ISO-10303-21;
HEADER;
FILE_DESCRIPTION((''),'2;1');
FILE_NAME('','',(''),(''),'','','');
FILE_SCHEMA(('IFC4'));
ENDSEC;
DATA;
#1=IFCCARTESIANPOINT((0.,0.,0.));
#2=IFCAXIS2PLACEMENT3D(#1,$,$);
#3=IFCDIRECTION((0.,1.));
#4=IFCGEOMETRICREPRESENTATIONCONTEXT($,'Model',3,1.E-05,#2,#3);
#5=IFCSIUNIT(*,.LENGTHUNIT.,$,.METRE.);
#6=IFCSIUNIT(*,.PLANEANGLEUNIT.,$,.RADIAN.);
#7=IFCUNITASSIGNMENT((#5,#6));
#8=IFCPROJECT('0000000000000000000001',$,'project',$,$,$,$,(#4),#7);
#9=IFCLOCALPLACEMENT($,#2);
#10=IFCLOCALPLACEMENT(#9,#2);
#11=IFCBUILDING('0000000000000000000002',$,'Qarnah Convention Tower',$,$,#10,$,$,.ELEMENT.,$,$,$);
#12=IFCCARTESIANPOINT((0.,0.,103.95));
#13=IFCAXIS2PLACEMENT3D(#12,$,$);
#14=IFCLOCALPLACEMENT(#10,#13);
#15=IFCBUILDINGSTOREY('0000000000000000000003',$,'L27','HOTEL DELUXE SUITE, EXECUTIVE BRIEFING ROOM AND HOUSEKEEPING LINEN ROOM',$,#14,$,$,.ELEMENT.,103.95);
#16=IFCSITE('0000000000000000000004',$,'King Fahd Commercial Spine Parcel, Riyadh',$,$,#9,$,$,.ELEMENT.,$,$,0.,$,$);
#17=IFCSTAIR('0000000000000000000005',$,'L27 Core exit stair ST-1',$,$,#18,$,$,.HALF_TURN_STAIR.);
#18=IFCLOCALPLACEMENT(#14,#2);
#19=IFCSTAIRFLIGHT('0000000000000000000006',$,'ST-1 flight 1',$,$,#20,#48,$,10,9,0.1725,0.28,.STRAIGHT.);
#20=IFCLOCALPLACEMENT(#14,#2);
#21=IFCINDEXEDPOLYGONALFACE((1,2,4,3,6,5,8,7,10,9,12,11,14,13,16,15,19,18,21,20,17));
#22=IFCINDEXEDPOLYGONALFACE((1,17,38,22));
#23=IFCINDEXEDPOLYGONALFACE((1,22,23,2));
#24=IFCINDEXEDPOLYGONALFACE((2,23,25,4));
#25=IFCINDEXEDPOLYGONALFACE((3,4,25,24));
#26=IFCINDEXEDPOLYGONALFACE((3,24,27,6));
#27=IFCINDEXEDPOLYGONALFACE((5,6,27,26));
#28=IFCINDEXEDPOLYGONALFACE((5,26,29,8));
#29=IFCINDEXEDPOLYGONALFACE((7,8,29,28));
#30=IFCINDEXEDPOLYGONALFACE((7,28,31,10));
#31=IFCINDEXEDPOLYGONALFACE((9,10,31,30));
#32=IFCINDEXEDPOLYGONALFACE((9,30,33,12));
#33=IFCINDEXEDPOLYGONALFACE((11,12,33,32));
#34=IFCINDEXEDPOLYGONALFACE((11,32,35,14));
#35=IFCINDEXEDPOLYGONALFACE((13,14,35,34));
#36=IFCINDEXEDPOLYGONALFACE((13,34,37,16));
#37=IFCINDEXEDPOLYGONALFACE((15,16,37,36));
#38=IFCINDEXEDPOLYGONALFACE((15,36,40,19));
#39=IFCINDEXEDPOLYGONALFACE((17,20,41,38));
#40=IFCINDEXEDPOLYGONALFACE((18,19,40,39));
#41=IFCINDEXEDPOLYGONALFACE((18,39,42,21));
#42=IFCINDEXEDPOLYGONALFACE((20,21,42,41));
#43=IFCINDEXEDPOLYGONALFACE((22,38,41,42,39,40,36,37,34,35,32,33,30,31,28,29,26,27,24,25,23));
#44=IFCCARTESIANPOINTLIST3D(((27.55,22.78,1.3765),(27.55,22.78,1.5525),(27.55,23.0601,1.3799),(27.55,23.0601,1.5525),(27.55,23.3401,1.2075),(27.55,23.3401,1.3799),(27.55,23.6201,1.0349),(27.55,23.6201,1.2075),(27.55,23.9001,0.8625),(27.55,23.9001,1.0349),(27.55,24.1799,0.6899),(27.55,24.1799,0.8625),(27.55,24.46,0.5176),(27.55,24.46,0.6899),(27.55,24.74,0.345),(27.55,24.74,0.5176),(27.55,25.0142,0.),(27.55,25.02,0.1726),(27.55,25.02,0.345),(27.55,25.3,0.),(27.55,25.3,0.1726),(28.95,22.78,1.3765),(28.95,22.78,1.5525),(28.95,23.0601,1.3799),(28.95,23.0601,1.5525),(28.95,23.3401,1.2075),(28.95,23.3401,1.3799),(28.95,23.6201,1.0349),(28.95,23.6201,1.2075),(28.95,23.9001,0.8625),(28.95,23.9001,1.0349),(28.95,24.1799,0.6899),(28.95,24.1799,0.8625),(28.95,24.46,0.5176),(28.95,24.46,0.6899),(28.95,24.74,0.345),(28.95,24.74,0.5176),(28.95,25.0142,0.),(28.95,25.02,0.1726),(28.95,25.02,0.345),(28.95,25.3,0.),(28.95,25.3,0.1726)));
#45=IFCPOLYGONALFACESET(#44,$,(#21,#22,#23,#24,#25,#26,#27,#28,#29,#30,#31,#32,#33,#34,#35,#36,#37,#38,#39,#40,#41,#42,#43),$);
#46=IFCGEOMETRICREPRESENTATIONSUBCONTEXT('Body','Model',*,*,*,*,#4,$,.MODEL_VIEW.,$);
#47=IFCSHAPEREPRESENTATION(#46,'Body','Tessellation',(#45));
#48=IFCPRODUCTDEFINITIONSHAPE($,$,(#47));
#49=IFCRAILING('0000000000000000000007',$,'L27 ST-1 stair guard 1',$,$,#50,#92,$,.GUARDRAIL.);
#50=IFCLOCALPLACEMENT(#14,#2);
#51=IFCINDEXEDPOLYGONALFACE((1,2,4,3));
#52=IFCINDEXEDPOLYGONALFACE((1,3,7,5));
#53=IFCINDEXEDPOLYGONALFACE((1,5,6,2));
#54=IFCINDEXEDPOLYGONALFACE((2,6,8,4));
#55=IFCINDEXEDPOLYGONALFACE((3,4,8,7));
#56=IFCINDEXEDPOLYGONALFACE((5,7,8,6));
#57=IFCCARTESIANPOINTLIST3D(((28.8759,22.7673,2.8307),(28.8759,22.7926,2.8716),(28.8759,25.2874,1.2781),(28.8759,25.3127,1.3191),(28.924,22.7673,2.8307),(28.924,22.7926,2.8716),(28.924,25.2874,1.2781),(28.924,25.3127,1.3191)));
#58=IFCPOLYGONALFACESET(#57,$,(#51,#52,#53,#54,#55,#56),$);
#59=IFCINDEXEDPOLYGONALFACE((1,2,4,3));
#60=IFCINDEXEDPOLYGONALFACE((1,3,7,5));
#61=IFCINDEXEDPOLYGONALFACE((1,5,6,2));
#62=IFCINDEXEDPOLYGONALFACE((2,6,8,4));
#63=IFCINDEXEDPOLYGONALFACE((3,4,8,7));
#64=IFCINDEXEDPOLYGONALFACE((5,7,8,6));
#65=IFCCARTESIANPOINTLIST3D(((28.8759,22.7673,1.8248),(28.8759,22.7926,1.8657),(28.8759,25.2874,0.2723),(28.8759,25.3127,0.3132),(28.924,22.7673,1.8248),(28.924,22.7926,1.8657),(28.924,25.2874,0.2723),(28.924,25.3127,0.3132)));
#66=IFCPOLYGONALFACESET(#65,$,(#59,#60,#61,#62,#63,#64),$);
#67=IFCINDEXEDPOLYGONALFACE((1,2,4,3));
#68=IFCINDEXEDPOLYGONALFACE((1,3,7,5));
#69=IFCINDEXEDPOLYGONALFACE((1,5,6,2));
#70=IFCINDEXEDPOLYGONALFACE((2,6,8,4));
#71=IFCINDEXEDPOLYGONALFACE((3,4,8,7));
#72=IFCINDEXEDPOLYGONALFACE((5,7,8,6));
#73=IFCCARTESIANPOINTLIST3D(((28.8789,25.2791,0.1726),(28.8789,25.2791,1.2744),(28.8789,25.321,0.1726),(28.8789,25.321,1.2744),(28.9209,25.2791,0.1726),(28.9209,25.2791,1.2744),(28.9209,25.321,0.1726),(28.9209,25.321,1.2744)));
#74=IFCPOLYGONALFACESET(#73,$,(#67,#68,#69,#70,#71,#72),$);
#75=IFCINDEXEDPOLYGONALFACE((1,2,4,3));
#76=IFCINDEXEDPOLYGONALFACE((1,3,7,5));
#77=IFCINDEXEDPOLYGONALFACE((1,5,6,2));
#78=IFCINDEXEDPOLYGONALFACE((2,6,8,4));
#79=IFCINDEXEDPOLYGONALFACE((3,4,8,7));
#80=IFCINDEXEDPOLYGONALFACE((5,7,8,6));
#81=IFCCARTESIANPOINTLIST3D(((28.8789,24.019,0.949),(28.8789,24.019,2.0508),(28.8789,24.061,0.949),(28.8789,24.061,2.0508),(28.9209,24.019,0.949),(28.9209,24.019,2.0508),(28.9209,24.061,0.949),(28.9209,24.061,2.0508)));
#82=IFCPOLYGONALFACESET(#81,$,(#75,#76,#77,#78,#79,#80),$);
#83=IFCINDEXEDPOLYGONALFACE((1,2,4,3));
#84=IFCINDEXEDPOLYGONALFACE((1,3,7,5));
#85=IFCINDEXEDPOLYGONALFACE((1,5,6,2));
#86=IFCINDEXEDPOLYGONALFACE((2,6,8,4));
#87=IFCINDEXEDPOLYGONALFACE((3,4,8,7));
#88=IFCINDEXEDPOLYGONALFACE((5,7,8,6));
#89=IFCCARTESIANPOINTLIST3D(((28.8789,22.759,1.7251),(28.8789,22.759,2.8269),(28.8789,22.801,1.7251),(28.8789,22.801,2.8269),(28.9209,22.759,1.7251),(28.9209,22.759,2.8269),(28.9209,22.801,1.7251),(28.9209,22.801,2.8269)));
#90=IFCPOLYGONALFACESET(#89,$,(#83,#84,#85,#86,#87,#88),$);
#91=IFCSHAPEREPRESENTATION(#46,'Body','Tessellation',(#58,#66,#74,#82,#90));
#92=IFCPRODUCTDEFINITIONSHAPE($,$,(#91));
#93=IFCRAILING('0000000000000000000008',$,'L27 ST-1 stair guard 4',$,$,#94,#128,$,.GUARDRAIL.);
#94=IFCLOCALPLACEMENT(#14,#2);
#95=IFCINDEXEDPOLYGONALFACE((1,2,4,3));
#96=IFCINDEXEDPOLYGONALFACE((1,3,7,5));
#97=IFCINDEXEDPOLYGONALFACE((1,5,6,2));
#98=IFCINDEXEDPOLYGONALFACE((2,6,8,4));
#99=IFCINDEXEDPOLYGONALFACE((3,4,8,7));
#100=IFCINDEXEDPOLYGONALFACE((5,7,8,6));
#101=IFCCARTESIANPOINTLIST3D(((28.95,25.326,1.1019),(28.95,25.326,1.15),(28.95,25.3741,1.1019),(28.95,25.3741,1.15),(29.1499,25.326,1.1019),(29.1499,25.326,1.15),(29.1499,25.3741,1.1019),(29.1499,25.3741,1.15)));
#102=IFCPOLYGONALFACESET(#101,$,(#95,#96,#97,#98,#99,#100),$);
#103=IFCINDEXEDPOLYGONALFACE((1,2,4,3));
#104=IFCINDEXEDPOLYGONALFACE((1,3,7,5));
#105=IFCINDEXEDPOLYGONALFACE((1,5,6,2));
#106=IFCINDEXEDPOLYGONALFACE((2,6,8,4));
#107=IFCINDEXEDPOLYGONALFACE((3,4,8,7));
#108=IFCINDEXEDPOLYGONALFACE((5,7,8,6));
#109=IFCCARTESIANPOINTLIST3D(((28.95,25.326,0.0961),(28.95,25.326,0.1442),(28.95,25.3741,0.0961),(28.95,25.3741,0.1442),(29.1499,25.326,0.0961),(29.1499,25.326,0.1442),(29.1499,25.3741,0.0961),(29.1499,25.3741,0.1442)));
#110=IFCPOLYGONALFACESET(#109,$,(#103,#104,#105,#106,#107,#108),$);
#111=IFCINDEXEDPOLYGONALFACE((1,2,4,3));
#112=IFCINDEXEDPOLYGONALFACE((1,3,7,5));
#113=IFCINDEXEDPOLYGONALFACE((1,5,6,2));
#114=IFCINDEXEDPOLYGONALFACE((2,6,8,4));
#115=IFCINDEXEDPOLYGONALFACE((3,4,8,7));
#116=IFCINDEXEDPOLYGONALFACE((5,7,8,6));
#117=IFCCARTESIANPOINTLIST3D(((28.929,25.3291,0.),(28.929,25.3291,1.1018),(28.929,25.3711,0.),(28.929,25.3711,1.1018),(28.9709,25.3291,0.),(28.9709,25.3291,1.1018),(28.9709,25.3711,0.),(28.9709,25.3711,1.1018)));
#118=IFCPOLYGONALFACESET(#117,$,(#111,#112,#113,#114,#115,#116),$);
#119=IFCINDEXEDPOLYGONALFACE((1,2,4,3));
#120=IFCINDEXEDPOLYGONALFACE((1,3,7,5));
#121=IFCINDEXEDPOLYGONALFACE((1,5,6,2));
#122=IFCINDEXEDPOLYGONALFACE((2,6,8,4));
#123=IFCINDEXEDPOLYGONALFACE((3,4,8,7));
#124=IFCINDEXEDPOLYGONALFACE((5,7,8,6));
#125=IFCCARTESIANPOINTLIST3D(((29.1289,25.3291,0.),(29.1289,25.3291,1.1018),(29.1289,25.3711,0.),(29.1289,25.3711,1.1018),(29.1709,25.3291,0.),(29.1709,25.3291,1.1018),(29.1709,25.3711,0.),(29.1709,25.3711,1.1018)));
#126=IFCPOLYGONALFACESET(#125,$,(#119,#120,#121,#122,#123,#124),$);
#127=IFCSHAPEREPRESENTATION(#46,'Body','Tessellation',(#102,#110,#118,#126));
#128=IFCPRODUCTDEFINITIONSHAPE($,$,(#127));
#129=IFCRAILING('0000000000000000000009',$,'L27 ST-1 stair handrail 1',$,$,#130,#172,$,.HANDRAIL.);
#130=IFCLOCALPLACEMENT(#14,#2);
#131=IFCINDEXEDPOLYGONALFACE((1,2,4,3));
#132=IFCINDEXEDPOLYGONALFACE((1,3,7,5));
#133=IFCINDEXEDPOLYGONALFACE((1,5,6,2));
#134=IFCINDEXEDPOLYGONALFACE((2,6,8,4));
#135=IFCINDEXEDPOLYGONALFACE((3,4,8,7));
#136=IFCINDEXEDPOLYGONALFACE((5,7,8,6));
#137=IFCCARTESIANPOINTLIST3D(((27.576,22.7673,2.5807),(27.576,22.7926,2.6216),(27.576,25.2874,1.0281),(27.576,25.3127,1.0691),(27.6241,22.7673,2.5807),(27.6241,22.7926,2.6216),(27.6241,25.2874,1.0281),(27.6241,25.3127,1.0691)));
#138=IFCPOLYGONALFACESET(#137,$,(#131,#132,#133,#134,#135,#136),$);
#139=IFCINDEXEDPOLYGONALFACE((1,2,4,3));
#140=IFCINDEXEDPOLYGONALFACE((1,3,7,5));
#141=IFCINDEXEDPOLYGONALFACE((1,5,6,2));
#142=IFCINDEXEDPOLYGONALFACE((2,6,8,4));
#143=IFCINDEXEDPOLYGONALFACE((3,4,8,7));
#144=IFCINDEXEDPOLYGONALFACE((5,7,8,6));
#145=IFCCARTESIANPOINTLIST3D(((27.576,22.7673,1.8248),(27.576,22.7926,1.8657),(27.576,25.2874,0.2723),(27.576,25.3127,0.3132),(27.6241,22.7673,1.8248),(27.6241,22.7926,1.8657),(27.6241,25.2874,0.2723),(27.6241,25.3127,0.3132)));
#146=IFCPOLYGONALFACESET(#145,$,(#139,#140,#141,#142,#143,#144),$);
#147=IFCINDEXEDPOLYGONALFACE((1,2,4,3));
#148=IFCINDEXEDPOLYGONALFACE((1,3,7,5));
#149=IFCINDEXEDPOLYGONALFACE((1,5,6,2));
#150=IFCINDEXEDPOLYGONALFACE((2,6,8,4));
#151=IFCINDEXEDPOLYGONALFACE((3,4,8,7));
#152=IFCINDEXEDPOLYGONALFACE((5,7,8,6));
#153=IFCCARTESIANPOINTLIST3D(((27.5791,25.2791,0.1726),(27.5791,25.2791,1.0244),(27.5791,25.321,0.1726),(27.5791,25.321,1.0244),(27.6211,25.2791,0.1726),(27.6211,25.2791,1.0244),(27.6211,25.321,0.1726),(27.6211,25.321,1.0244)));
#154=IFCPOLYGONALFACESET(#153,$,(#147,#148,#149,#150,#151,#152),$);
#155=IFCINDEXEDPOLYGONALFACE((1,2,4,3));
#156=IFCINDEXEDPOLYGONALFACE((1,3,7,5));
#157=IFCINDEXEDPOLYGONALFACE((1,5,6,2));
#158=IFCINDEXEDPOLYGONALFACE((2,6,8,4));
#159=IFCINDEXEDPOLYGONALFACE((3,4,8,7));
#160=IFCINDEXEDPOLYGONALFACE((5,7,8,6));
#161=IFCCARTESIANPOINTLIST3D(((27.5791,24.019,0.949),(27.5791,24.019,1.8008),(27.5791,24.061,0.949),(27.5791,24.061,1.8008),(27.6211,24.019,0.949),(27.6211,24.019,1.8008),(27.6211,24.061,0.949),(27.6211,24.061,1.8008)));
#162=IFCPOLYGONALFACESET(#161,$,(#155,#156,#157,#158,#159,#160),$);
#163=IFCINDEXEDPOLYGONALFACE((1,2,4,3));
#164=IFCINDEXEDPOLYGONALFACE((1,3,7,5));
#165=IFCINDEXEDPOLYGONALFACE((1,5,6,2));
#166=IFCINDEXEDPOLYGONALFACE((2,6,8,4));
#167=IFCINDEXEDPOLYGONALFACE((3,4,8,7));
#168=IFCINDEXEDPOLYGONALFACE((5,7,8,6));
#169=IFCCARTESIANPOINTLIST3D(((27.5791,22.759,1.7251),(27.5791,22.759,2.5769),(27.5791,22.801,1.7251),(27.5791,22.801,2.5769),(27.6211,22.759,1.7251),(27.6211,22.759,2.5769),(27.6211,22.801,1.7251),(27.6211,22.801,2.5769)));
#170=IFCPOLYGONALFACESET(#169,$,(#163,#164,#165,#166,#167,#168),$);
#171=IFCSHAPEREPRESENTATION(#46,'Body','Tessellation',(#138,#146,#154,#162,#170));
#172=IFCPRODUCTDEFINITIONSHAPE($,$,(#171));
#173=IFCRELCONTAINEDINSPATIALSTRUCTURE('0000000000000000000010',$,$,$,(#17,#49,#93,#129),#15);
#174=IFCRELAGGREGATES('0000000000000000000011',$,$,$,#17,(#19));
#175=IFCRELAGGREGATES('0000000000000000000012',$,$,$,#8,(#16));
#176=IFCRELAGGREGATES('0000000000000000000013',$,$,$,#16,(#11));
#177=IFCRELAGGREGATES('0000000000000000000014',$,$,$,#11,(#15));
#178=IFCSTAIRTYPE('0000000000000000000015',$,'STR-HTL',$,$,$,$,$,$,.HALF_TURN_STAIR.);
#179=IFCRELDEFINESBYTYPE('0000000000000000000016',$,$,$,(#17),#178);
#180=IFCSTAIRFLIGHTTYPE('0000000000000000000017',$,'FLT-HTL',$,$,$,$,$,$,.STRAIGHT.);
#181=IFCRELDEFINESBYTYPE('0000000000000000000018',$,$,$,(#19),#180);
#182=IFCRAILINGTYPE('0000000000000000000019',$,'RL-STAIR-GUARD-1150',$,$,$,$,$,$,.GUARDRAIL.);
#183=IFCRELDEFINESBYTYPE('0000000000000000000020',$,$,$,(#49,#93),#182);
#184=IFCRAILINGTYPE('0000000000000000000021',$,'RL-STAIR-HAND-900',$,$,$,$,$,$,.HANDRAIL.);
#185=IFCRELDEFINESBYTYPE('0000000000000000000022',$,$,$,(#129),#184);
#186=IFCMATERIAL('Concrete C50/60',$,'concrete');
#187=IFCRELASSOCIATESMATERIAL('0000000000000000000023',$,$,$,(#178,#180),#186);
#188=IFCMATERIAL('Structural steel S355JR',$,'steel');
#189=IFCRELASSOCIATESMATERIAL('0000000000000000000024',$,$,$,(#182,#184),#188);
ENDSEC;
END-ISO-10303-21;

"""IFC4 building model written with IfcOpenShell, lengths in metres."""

from ifc_helpers import new_model, si_unit, direction, frame, origin, origin_2d, place, context, subcontext, project, spatial, polyline, rectangle, outline, extrude, material, type_object, element, aggregate, save


model = new_model("IFC4")

# Units and contexts
model_context = context("Model", 3, precision=1e-05, world=origin(), true_north=direction((0.0, 1.0)))
body_context = subcontext(model_context, "Body", "Model", "MODEL_VIEW")
ifc_project = project(units=[si_unit("LENGTHUNIT", "METRE"), si_unit("PLANEANGLEUNIT", "RADIAN")], contexts=[model_context])

# Site, building, storey
site_placement = place(None, origin())
site = spatial("IfcSite", under=ifc_project, at=site_placement, Name="King Fahd Commercial Spine Parcel, Riyadh", CompositionType="ELEMENT", RefElevation=0.0)
building_placement = place(site_placement, origin())
building = spatial("IfcBuilding", under=site, at=building_placement, Name="Qarnah Convention Tower", CompositionType="ELEMENT")
storey_placement = place(building_placement, frame((0.0, 0.0, 103.95)))
storey = spatial("IfcBuildingStorey", under=building, at=storey_placement, Name="L27", Description="HOTEL DELUXE SUITE, EXECUTIVE BRIEFING ROOM AND HOUSEKEEPING LINEN ROOM", CompositionType="ELEMENT", Elevation=103.95)

# Shared definitions
ifc_material_1 = material(Name="Structural steel S355JR", Category="steel")

# Stair, stair flight
ifc_material_2 = material(Name="Concrete C50/60", Category="concrete")
stair_type = type_object("IfcStairType", Name="STR-HTL", PredefinedType="HALF_TURN_STAIR", material=ifc_material_2)
stair_placement = place(storey_placement, origin())
stair = element("IfcStair", 1, at=stair_placement, inside=storey, type_object=stair_type, Name="L27 Core exit stair ST-1", PredefinedType="HALF_TURN_STAIR")
stair_flight_type = type_object("IfcStairFlightType", Name="FLT-HTL", PredefinedType="STRAIGHT", material=ifc_material_2)
stair_flight_placement = place(storey_placement, frame((28.25, 25.3, 0.0), z_axis=(0.0, 0.0, 1.0), x_axis=(0.0, -1.0, 0.0)))
stair_flight = element("IfcStairFlight", 2, at=stair_flight_placement, type_object=stair_flight_type, Name="ST-1 flight 1", NumberOfRisers=10, NumberOfTreads=9, PredefinedType="STRAIGHT", RiserHeight=0.1725, TreadLength=0.28, context=body_context, shape_type="SweptSolid", body=[
    extrude(outline(polyline([(0.0, 0.0), (0.0, 0.1726), (0.28, 0.1726), (0.28, 0.345), (0.5601, 0.345), (0.5601, 0.5176), (0.8401, 0.5176), (0.8401, 0.6899), (1.1201, 0.6899), (1.1201, 0.8625), (1.3999, 0.8625), (1.3999, 1.0349), (1.6799, 1.0349), (1.6799, 1.2075), (1.96, 1.2075), (1.96, 1.3799), (2.24, 1.3799), (2.24, 1.5525), (2.52, 1.5525), (2.52, 1.7251), (2.52, 1.3765), (0.2859, 0.0), (0.0, 0.0)])), frame((0.0, 0.7, 0.0), z_axis=(0.0, -1.0, 0.0), x_axis=(1.0, 0.0, 0.0)), (0.0, 0.0, 1.0), 1.3999),
])
aggregate(stair, [stair_flight])

# Railings
railing_type_1 = type_object("IfcRailingType", Name="RL-STAIR-GUARD-1150", PredefinedType="GUARDRAIL", material=ifc_material_1)
railing_1_placement = place(storey_placement, frame((28.8999, 25.3, 0.1726)))
element("IfcRailing", 3, at=railing_1_placement, inside=storey, type_object=railing_type_1, Name="L27 ST-1 stair guard 1", PredefinedType="GUARDRAIL", context=body_context, shape_type="SweptSolid", body=[
    extrude(rectangle(XDim=0.0481, YDim=0.0481, at=origin_2d()), frame((0.0, 0.0, 1.126), z_axis=(0.0, -0.8514, 0.524516), x_axis=(1.0, 0.0, 0.0)), (0.0, 0.0, 1.0), 2.96),
    extrude(rectangle(XDim=0.0481, YDim=0.0481, at=origin_2d()), frame((0.0, 0.0, 0.1201), z_axis=(0.0, -0.8514, 0.524516), x_axis=(1.0, 0.0, 0.0)), (0.0, 0.0, 1.0), 2.96),
    extrude(rectangle(XDim=0.042, YDim=0.042, at=origin_2d()), origin(), (0.0, 0.0, 1.0), 1.1018),
    extrude(rectangle(XDim=0.042, YDim=0.042, at=origin_2d()), frame((0.0, -1.26, 0.7764)), (0.0, 0.0, 1.0), 1.1018),
    extrude(rectangle(XDim=0.042, YDim=0.042, at=origin_2d()), frame((0.0, -2.52, 1.5525)), (0.0, 0.0, 1.0), 1.1018),
])
railing_2_placement = place(storey_placement, frame((28.95, 25.3501, 0.0)))
element("IfcRailing", 4, at=railing_2_placement, inside=storey, type_object=railing_type_1, Name="L27 ST-1 stair guard 4", PredefinedType="GUARDRAIL", context=body_context, shape_type="SweptSolid", body=[
    extrude(rectangle(XDim=0.0481, YDim=0.0481, at=origin_2d()), frame((0.0, 0.0, 1.126), z_axis=(1.0, 0.0, 0.0), x_axis=(0.0, 1.0, 0.0)), (0.0, 0.0, 1.0), 0.2),
    extrude(rectangle(XDim=0.0481, YDim=0.0481, at=origin_2d()), frame((0.0, 0.0, 0.1201), z_axis=(1.0, 0.0, 0.0), x_axis=(0.0, 1.0, 0.0)), (0.0, 0.0, 1.0), 0.2),
    extrude(rectangle(XDim=0.042, YDim=0.042, at=origin_2d()), origin(), (0.0, 0.0, 1.0), 1.1018),
    extrude(rectangle(XDim=0.042, YDim=0.042, at=origin_2d()), frame((0.2, 0.0, 0.0)), (0.0, 0.0, 1.0), 1.1018),
])
railing_type_2 = type_object("IfcRailingType", Name="RL-STAIR-HAND-900", PredefinedType="HANDRAIL", material=ifc_material_1)
railing_3_placement = place(storey_placement, frame((27.6001, 25.3, 0.1726)))
element("IfcRailing", 5, at=railing_3_placement, inside=storey, type_object=railing_type_2, Name="L27 ST-1 stair handrail 1", PredefinedType="HANDRAIL", context=body_context, shape_type="SweptSolid", body=[
    extrude(rectangle(XDim=0.0481, YDim=0.0481, at=origin_2d()), frame((0.0, 0.0, 0.876), z_axis=(0.0, -0.8514, 0.524516), x_axis=(1.0, 0.0, 0.0)), (0.0, 0.0, 1.0), 2.96),
    extrude(rectangle(XDim=0.0481, YDim=0.0481, at=origin_2d()), frame((0.0, 0.0, 0.1201), z_axis=(0.0, -0.8514, 0.524516), x_axis=(1.0, 0.0, 0.0)), (0.0, 0.0, 1.0), 2.96),
    extrude(rectangle(XDim=0.042, YDim=0.042, at=origin_2d()), origin(), (0.0, 0.0, 1.0), 0.8518),
    extrude(rectangle(XDim=0.042, YDim=0.042, at=origin_2d()), frame((0.0, -1.26, 0.7764)), (0.0, 0.0, 1.0), 0.8518),
    extrude(rectangle(XDim=0.042, YDim=0.042, at=origin_2d()), frame((0.0, -2.52, 1.5525)), (0.0, 0.0, 1.0), 0.8518),
])

save(model, "model.ifc")
